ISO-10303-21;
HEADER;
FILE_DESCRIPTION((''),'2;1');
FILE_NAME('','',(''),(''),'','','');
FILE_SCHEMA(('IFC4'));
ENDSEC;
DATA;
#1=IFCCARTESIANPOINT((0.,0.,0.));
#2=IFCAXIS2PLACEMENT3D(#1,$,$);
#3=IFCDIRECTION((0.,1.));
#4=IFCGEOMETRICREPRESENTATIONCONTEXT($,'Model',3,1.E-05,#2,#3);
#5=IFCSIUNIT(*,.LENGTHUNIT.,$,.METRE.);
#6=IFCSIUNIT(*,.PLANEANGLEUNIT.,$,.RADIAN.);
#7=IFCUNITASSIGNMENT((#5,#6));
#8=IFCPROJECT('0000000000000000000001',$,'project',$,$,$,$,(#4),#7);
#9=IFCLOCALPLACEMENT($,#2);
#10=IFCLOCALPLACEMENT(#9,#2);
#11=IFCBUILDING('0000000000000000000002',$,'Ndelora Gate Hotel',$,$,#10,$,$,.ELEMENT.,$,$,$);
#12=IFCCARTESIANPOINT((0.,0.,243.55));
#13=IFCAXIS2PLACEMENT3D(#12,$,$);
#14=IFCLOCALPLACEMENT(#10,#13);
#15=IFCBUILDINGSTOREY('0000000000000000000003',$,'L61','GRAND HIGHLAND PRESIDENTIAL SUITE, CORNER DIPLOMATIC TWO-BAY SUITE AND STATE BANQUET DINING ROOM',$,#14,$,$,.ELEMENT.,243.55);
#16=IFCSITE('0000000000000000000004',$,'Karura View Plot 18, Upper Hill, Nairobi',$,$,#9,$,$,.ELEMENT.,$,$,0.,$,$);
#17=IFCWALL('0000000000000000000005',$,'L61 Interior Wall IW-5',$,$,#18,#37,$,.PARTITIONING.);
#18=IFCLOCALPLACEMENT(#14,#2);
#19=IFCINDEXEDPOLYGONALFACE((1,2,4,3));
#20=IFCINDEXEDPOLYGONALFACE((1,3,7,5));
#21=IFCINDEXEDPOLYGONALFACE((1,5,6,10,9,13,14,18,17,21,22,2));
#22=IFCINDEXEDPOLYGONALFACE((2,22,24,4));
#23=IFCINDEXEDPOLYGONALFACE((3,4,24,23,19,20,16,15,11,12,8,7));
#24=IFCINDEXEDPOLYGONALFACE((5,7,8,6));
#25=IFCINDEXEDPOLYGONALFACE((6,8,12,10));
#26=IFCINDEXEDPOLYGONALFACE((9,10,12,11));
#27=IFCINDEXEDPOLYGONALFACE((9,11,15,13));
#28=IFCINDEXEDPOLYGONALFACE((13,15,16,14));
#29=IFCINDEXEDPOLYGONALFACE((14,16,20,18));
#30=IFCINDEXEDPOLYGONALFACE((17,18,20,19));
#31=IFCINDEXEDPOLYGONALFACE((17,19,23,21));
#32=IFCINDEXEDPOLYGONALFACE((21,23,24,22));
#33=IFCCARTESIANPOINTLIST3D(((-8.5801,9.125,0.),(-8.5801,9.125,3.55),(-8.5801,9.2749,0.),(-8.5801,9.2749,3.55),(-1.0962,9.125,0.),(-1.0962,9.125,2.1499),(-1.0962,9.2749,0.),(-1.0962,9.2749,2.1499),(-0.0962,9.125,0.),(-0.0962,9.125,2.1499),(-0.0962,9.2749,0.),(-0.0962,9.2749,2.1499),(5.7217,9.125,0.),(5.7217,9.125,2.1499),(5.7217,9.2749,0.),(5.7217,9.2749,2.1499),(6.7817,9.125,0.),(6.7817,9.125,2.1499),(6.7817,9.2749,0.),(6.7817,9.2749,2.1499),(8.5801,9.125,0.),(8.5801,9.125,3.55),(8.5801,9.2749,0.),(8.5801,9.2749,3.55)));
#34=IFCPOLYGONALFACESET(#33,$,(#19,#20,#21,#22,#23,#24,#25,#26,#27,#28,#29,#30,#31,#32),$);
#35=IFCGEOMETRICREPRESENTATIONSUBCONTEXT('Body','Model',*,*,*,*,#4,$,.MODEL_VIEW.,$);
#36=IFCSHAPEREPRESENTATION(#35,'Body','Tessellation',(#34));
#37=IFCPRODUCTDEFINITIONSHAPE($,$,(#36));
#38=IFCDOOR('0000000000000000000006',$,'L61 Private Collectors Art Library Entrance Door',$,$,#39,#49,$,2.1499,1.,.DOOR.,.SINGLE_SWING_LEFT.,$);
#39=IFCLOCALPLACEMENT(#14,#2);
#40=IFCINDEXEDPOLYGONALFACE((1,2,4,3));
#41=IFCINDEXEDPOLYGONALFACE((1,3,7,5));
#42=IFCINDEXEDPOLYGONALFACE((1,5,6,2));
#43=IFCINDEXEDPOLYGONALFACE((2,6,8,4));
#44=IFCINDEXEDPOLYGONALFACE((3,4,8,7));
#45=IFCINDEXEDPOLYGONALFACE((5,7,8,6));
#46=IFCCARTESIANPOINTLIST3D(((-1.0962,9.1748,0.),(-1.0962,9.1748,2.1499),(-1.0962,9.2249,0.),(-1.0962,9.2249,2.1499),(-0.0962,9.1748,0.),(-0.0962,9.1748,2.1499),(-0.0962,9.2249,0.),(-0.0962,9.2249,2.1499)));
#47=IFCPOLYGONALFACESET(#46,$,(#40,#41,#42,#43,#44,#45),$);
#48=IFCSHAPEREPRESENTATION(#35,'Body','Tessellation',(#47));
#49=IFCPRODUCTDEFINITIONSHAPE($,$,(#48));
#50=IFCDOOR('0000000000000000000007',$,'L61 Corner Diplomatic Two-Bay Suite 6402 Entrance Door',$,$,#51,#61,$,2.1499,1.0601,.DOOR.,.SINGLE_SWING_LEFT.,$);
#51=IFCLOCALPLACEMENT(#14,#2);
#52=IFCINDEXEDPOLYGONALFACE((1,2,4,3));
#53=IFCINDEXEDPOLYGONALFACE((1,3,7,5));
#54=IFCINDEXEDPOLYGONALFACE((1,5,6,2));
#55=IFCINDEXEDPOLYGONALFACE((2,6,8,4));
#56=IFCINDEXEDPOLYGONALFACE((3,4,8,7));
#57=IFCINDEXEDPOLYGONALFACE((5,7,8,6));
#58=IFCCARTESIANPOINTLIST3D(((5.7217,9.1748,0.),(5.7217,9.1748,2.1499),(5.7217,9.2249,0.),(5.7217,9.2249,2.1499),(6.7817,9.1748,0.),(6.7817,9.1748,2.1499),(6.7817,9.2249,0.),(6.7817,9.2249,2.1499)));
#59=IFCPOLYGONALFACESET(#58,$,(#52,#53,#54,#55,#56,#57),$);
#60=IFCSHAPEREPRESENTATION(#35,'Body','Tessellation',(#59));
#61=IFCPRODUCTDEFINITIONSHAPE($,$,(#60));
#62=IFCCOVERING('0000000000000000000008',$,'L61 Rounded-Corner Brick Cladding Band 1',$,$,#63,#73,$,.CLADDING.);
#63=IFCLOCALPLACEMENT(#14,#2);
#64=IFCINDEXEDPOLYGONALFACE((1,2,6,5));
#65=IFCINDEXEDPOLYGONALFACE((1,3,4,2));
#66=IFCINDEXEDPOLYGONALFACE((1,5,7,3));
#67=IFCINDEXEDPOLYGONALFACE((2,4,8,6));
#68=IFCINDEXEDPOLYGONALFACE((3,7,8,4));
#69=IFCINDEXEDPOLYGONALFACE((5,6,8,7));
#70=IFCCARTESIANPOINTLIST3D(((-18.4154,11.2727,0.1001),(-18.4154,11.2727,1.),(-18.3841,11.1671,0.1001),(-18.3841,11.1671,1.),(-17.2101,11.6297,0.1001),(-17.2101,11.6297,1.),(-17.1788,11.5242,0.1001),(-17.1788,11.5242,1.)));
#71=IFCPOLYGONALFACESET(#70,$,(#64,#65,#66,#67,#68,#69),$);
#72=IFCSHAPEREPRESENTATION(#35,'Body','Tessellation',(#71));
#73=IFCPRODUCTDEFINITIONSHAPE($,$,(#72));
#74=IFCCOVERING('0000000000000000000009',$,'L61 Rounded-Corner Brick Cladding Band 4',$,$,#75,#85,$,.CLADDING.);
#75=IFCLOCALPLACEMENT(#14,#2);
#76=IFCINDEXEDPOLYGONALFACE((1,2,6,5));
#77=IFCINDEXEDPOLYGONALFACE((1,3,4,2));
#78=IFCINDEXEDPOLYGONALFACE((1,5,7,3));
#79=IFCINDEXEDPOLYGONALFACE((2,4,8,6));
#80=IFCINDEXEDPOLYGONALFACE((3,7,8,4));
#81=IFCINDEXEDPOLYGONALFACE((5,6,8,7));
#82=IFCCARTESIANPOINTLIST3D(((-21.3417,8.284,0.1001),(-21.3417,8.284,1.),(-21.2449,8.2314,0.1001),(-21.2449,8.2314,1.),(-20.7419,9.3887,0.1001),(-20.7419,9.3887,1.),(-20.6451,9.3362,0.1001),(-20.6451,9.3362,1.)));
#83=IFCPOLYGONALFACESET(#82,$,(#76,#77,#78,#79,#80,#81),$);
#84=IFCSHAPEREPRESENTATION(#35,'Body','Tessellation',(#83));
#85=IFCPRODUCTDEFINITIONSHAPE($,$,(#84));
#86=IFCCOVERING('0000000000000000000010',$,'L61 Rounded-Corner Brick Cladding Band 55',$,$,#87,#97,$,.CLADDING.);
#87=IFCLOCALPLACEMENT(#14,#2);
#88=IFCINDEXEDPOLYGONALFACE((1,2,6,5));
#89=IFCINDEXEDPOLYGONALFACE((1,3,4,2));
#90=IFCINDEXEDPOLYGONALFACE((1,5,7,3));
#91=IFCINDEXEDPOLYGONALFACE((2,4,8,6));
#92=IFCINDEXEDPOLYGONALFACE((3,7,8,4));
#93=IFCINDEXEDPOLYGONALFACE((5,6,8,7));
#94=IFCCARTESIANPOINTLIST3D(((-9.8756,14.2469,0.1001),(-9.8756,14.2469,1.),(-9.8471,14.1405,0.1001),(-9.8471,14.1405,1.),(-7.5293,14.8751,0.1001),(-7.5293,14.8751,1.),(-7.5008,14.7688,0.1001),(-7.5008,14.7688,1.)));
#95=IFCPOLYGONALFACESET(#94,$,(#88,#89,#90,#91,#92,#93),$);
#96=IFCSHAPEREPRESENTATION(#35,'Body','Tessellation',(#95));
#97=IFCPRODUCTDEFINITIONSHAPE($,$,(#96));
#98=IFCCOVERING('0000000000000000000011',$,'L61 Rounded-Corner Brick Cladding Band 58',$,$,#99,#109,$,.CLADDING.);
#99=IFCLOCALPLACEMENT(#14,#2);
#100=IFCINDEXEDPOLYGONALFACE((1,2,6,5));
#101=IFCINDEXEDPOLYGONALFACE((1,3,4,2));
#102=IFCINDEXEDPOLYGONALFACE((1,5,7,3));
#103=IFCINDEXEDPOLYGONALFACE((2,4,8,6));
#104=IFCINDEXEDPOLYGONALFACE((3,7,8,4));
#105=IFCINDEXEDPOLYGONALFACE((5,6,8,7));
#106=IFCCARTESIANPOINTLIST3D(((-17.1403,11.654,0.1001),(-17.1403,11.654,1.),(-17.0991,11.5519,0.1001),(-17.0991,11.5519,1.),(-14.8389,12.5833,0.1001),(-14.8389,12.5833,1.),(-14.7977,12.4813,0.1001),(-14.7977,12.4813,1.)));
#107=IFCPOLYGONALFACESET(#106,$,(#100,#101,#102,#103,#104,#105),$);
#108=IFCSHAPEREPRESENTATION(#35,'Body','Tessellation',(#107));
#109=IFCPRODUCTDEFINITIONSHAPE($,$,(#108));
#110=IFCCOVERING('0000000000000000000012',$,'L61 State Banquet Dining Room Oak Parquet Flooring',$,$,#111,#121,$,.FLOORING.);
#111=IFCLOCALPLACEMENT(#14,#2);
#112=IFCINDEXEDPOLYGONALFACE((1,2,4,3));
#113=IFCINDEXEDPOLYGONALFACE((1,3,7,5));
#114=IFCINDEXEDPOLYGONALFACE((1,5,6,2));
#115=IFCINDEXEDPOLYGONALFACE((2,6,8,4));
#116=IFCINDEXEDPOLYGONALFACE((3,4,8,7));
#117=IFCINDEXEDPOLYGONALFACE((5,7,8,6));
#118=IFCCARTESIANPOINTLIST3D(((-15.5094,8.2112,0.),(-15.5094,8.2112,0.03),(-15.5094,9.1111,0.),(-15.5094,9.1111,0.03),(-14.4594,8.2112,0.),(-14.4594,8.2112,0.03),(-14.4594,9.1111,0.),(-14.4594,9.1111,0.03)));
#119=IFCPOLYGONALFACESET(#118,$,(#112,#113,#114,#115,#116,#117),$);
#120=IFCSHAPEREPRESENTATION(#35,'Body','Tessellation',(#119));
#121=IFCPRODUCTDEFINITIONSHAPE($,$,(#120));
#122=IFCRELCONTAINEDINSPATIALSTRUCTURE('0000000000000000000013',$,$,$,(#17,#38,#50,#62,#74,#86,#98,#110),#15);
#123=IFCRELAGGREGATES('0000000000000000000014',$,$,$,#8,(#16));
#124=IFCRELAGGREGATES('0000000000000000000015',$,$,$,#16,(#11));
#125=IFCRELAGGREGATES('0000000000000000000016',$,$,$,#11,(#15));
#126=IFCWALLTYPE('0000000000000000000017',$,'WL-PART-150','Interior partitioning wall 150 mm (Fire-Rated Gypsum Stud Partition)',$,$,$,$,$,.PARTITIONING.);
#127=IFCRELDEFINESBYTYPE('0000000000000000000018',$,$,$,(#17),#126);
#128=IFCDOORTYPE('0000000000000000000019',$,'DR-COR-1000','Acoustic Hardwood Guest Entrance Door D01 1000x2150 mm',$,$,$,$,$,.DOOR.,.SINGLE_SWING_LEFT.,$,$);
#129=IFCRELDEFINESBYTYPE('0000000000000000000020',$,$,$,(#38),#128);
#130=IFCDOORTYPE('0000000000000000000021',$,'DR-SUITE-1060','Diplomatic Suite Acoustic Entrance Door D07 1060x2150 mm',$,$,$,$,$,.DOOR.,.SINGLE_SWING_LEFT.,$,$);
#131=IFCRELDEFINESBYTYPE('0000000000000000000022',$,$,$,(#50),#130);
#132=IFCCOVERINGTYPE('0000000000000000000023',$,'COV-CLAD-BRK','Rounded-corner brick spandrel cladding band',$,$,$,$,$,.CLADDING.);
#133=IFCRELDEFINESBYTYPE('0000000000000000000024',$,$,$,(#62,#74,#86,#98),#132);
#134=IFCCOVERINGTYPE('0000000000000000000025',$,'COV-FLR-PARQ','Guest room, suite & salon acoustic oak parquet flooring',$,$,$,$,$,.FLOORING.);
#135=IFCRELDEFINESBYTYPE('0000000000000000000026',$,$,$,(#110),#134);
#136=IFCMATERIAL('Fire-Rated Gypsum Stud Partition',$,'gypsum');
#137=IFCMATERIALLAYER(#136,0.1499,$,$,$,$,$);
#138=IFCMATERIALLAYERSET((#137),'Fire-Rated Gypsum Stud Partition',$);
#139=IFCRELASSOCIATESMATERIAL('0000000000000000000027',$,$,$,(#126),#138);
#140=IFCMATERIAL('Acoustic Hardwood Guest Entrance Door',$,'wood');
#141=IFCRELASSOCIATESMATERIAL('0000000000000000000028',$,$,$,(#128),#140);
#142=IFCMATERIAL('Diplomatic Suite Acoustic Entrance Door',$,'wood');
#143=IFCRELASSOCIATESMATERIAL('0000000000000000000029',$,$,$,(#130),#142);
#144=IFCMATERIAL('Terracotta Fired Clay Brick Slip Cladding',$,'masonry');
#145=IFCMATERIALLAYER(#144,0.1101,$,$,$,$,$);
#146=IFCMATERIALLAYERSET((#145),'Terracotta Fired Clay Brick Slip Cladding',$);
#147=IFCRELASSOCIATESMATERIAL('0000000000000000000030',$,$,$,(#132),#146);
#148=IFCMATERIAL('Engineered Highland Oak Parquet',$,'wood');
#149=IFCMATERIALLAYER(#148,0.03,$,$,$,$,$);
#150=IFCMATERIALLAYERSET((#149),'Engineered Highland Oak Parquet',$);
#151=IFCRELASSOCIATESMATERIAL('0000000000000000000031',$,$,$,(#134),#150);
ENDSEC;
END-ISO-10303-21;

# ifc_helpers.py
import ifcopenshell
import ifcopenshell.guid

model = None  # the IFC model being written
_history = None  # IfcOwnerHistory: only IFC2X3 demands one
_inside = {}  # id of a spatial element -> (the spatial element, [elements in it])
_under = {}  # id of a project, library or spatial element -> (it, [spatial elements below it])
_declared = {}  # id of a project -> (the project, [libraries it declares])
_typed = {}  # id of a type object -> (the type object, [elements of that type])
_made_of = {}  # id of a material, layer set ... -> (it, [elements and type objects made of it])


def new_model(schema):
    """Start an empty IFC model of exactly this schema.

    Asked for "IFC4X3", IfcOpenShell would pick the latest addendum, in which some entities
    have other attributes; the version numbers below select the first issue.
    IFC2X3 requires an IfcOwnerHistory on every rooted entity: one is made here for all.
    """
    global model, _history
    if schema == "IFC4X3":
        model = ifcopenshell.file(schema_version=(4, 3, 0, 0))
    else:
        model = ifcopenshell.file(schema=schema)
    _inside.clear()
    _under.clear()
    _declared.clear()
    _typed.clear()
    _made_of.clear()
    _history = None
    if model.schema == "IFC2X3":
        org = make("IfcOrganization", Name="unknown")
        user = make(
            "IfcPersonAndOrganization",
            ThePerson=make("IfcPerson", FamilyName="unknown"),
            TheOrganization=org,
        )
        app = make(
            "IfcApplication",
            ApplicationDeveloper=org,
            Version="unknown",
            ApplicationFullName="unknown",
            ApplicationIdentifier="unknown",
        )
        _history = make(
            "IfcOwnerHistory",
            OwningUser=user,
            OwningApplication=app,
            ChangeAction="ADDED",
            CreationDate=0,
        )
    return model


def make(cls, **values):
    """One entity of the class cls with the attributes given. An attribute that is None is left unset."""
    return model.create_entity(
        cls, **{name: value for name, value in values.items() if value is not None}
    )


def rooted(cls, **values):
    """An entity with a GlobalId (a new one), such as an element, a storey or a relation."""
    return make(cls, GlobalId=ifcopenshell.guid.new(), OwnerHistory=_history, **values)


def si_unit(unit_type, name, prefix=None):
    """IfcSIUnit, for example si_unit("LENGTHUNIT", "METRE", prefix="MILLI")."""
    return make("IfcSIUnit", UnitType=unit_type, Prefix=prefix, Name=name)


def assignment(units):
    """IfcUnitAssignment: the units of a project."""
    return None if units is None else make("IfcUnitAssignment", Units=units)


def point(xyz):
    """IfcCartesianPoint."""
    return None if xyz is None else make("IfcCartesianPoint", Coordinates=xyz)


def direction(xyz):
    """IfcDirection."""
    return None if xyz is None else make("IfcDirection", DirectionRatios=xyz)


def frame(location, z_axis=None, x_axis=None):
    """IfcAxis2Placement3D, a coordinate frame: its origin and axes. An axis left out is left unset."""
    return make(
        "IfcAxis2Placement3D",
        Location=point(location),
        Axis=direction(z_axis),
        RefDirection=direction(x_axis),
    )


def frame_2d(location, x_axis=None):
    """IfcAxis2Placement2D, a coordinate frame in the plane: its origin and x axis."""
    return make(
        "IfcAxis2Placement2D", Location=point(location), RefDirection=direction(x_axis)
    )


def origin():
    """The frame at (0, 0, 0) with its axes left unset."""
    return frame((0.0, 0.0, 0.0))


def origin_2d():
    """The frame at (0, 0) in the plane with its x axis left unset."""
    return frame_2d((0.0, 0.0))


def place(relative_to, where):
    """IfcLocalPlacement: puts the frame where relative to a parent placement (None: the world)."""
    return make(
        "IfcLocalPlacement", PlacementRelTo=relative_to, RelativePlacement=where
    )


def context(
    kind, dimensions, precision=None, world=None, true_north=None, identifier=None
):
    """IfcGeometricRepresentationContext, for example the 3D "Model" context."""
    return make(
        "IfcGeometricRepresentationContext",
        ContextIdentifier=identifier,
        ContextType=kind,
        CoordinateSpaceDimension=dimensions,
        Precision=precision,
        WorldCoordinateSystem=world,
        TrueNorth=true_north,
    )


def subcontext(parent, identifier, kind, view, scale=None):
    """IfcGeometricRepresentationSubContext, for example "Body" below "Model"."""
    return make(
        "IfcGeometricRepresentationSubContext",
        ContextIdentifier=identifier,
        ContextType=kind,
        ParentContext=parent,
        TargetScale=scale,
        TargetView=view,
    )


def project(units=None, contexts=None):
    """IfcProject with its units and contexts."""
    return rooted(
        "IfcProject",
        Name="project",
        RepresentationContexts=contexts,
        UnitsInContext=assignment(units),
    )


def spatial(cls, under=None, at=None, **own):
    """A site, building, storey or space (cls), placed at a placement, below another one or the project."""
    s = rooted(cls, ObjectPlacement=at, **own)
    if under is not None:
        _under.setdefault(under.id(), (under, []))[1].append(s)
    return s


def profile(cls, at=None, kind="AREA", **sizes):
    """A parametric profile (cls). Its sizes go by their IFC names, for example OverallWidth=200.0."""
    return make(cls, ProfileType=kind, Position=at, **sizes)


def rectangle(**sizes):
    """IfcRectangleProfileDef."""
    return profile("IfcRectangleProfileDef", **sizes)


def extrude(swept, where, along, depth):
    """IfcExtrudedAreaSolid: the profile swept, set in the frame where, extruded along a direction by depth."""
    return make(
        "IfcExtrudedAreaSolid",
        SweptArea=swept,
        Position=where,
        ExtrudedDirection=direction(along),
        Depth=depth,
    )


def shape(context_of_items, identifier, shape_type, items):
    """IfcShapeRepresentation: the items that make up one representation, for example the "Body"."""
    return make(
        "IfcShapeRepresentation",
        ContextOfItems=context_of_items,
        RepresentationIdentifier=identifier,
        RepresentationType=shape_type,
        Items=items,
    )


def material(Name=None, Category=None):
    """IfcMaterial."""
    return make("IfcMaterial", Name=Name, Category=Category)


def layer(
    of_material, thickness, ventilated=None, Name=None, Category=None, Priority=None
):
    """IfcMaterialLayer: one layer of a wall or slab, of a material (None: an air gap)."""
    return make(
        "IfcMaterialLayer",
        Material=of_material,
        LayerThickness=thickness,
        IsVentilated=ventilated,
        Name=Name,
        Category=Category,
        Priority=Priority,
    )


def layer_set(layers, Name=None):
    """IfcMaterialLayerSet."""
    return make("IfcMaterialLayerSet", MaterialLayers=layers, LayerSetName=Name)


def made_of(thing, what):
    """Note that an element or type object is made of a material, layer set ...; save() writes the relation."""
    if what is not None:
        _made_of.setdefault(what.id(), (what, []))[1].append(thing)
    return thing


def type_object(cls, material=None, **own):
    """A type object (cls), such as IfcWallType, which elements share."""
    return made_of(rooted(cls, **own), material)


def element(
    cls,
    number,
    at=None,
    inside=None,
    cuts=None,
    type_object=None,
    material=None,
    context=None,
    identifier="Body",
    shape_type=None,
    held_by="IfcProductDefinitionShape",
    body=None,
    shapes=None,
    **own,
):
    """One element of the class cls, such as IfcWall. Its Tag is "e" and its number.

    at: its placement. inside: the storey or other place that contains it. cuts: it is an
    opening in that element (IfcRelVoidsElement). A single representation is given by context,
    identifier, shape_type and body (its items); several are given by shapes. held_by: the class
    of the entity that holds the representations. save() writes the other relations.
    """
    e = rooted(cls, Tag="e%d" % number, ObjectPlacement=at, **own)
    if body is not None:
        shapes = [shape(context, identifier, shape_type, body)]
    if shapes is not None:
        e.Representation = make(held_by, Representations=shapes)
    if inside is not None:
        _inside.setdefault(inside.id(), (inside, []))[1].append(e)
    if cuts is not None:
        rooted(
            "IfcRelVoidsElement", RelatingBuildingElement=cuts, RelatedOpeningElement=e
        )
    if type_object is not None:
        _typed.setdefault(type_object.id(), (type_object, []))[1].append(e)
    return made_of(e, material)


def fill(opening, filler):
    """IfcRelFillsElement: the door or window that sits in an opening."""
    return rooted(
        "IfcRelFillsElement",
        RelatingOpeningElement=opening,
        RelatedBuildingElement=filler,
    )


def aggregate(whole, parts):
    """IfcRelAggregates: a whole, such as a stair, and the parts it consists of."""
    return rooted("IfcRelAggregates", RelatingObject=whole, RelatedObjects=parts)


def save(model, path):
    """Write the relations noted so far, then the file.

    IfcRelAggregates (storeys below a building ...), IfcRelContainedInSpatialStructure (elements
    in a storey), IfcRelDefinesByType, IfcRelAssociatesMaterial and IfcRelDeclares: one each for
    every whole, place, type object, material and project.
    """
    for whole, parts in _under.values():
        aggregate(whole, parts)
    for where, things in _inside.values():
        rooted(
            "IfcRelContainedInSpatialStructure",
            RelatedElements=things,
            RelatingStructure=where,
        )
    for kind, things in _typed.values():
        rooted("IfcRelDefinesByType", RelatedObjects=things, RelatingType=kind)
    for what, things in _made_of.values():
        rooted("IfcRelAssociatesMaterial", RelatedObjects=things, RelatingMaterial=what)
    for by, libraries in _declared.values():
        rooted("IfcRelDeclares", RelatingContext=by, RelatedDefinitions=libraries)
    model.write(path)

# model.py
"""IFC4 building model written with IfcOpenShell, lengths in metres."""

from ifc_helpers import new_model, si_unit, direction, frame, frame_2d, origin, origin_2d, place, context, subcontext, project, spatial, rectangle, extrude, material, layer, layer_set, type_object, element, fill, save


model = new_model("IFC4")

# Units and contexts
model_context = context("Model", 3, precision=1e-05, world=origin(), true_north=direction((0.0, 1.0)))
body_context = subcontext(model_context, "Body", "Model", "MODEL_VIEW")
ifc_project = project(units=[si_unit("LENGTHUNIT", "METRE"), si_unit("PLANEANGLEUNIT", "RADIAN")], contexts=[model_context])

# Site, building, storey
site_placement = place(None, origin())
site = spatial("IfcSite", under=ifc_project, at=site_placement, Name="Karura View Plot 18, Upper Hill, Nairobi", CompositionType="ELEMENT", RefElevation=0.0)
building_placement = place(site_placement, origin())
building = spatial("IfcBuilding", under=site, at=building_placement, Name="Ndelora Gate Hotel", CompositionType="ELEMENT")
storey_placement = place(building_placement, frame((0.0, 0.0, 243.55)))
storey = spatial("IfcBuildingStorey", under=building, at=storey_placement, Name="L61", Description="GRAND HIGHLAND PRESIDENTIAL SUITE, CORNER DIPLOMATIC TWO-BAY SUITE AND STATE BANQUET DINING ROOM", CompositionType="ELEMENT", Elevation=243.55)

# Wall, openings, doors
ifc_material_1 = material(Name="Fire-Rated Gypsum Stud Partition", Category="gypsum")
ifc_layer_1 = layer(ifc_material_1, 0.1499)
ifc_layer_set_1 = layer_set([ifc_layer_1], Name="Fire-Rated Gypsum Stud Partition")
wall_type_1 = type_object("IfcWallType", Name="WL-PART-150", Description="Interior partitioning wall 150 mm (Fire-Rated Gypsum Stud Partition)", PredefinedType="PARTITIONING", material=ifc_layer_set_1)
wall_1_placement = place(storey_placement, frame((-8.5801, 9.2, 0.0), z_axis=(0.0, 0.0, 1.0), x_axis=(1.0, 0.0, 0.0)))
wall_1 = element("IfcWall", 1, at=wall_1_placement, inside=storey, type_object=wall_type_1, Name="L61 Interior Wall IW-5", PredefinedType="PARTITIONING", context=body_context, shape_type="SweptSolid", body=[
    extrude(rectangle(XDim=17.1602, YDim=0.1499, at=frame_2d((8.5801, 0.0))), origin(), (0.0, 0.0, 1.0), 3.55),
])
opening_1_placement = place(wall_1_placement, frame((7.4839, 0.0, 0.0)))
opening_1 = element("IfcOpeningElement", 2, at=opening_1_placement, cuts=wall_1, PredefinedType="OPENING", context=body_context, shape_type="SweptSolid", body=[
    extrude(rectangle(XDim=1.0, YDim=2.1499, at=frame_2d((0.5, 1.075))), frame((0.0, 0.085, 0.0), z_axis=(0.0, -1.0, 0.0), x_axis=(1.0, 0.0, 0.0)), (0.0, 0.0, 1.0), 0.1699),
])
opening_2_placement = place(wall_1_placement, frame((14.3018, 0.0, 0.0)))
opening_2 = element("IfcOpeningElement", 3, at=opening_2_placement, cuts=wall_1, PredefinedType="OPENING", context=body_context, shape_type="SweptSolid", body=[
    extrude(rectangle(XDim=1.0601, YDim=2.1499, at=frame_2d((0.53, 1.075))), frame((0.0, 0.085, 0.0), z_axis=(0.0, -1.0, 0.0), x_axis=(1.0, 0.0, 0.0)), (0.0, 0.0, 1.0), 0.1699),
])
ifc_material_2 = material(Name="Acoustic Hardwood Guest Entrance Door", Category="wood")
door_type_1 = type_object("IfcDoorType", Name="DR-COR-1000", Description="Acoustic Hardwood Guest Entrance Door D01 1000x2150 mm", OperationType="SINGLE_SWING_LEFT", PredefinedType="DOOR", material=ifc_material_2)
door_1_placement = place(opening_1_placement, origin())
door_1 = element("IfcDoor", 4, at=door_1_placement, inside=storey, type_object=door_type_1, Name="L61 Private Collectors Art Library Entrance Door", OperationType="SINGLE_SWING_LEFT", OverallHeight=2.1499, OverallWidth=1.0, PredefinedType="DOOR", context=body_context, shape_type="SweptSolid", body=[
    extrude(rectangle(XDim=1.0, YDim=2.1499, at=frame_2d((0.5, 1.075))), frame((0.0, 0.0249, 0.0), z_axis=(0.0, -1.0, 0.0), x_axis=(1.0, 0.0, 0.0)), (0.0, 0.0, 1.0), 0.05),
])
fill(opening_1, door_1)
ifc_material_3 = material(Name="Diplomatic Suite Acoustic Entrance Door", Category="wood")
door_type_2 = type_object("IfcDoorType", Name="DR-SUITE-1060", Description="Diplomatic Suite Acoustic Entrance Door D07 1060x2150 mm", OperationType="SINGLE_SWING_LEFT", PredefinedType="DOOR", material=ifc_material_3)
door_2_placement = place(opening_2_placement, origin())
door_2 = element("IfcDoor", 5, at=door_2_placement, inside=storey, type_object=door_type_2, Name="L61 Corner Diplomatic Two-Bay Suite 6402 Entrance Door", OperationType="SINGLE_SWING_LEFT", OverallHeight=2.1499, OverallWidth=1.0601, PredefinedType="DOOR", context=body_context, shape_type="SweptSolid", body=[
    extrude(rectangle(XDim=1.0601, YDim=2.1499, at=frame_2d((0.53, 1.075))), frame((0.0, 0.0249, 0.0), z_axis=(0.0, -1.0, 0.0), x_axis=(1.0, 0.0, 0.0)), (0.0, 0.0, 1.0), 0.05),
])
fill(opening_2, door_2)

# Coverings
ifc_material_4 = material(Name="Terracotta Fired Clay Brick Slip Cladding", Category="masonry")
ifc_layer_2 = layer(ifc_material_4, 0.1101)
ifc_layer_set_2 = layer_set([ifc_layer_2], Name="Terracotta Fired Clay Brick Slip Cladding")
covering_type_1 = type_object("IfcCoveringType", Name="COV-CLAD-BRK", Description="Rounded-corner brick spandrel cladding band", PredefinedType="CLADDING", material=ifc_layer_set_2)
for number, where, z_axis, x_axis, name in (
    (6, (-17.7971, 11.3984, 0.1001), (0.0, 0.0, 1.0), (0.95882, 0.284015, 0.0), "L61 Rounded-Corner Brick Cladding Band 1"),
    (7, (-20.9934, 8.8101, 0.1001), (0.0, 0.0, 1.0), (0.477159, 0.878817, 0.0), "L61 Rounded-Corner Brick Cladding Band 4"),
):
    element("IfcCovering", number, at=place(storey_placement, frame(where, z_axis=z_axis, x_axis=x_axis)), inside=storey, type_object=covering_type_1, Name=name, PredefinedType="CLADDING", context=body_context, shape_type="SweptSolid", body=[
        extrude(rectangle(XDim=1.2571, YDim=0.1101, at=origin_2d()), origin(), (0.0, 0.0, 1.0), 0.8999),
    ])
covering_1_placement = place(storey_placement, frame((-8.6882, 14.5078, 0.1001), z_axis=(0.0, 0.0, 1.0), x_axis=(0.965971, 0.25865, 0.0)))
element("IfcCovering", 8, at=covering_1_placement, inside=storey, type_object=covering_type_1, Name="L61 Rounded-Corner Brick Cladding Band 55", PredefinedType="CLADDING", context=body_context, shape_type="SweptSolid", body=[
    extrude(rectangle(XDim=2.429, YDim=0.1101, at=origin_2d()), origin(), (0.0, 0.0, 1.0), 0.8999),
])
covering_2_placement = place(storey_placement, frame((-15.969, 12.0676, 0.1001), z_axis=(0.0, 0.0, 1.0), x_axis=(0.927249, 0.374445, 0.0)))
element("IfcCovering", 9, at=covering_2_placement, inside=storey, type_object=covering_type_1, Name="L61 Rounded-Corner Brick Cladding Band 58", PredefinedType="CLADDING", context=body_context, shape_type="SweptSolid", body=[
    extrude(rectangle(XDim=2.4819, YDim=0.1101, at=origin_2d()), origin(), (0.0, 0.0, 1.0), 0.8999),
])
ifc_material_5 = material(Name="Engineered Highland Oak Parquet", Category="wood")
ifc_layer_3 = layer(ifc_material_5, 0.03)
ifc_layer_set_3 = layer_set([ifc_layer_3], Name="Engineered Highland Oak Parquet")
covering_type_2 = type_object("IfcCoveringType", Name="COV-FLR-PARQ", Description="Guest room, suite & salon acoustic oak parquet flooring", PredefinedType="FLOORING", material=ifc_layer_set_3)
covering_3_placement = place(storey_placement, frame((-14.9844, 8.6611, 0.0), z_axis=(0.0, 0.0, 1.0), x_axis=(1.0, 0.0, 0.0)))
element("IfcCovering", 10, at=covering_3_placement, inside=storey, type_object=covering_type_2, Name="L61 State Banquet Dining Room Oak Parquet Flooring", PredefinedType="FLOORING", context=body_context, shape_type="SweptSolid", body=[
    extrude(rectangle(XDim=1.05, YDim=0.8999, at=origin_2d()), origin(), (0.0, 0.0, 1.0), 0.03),
])

save(model, "model.ifc")
